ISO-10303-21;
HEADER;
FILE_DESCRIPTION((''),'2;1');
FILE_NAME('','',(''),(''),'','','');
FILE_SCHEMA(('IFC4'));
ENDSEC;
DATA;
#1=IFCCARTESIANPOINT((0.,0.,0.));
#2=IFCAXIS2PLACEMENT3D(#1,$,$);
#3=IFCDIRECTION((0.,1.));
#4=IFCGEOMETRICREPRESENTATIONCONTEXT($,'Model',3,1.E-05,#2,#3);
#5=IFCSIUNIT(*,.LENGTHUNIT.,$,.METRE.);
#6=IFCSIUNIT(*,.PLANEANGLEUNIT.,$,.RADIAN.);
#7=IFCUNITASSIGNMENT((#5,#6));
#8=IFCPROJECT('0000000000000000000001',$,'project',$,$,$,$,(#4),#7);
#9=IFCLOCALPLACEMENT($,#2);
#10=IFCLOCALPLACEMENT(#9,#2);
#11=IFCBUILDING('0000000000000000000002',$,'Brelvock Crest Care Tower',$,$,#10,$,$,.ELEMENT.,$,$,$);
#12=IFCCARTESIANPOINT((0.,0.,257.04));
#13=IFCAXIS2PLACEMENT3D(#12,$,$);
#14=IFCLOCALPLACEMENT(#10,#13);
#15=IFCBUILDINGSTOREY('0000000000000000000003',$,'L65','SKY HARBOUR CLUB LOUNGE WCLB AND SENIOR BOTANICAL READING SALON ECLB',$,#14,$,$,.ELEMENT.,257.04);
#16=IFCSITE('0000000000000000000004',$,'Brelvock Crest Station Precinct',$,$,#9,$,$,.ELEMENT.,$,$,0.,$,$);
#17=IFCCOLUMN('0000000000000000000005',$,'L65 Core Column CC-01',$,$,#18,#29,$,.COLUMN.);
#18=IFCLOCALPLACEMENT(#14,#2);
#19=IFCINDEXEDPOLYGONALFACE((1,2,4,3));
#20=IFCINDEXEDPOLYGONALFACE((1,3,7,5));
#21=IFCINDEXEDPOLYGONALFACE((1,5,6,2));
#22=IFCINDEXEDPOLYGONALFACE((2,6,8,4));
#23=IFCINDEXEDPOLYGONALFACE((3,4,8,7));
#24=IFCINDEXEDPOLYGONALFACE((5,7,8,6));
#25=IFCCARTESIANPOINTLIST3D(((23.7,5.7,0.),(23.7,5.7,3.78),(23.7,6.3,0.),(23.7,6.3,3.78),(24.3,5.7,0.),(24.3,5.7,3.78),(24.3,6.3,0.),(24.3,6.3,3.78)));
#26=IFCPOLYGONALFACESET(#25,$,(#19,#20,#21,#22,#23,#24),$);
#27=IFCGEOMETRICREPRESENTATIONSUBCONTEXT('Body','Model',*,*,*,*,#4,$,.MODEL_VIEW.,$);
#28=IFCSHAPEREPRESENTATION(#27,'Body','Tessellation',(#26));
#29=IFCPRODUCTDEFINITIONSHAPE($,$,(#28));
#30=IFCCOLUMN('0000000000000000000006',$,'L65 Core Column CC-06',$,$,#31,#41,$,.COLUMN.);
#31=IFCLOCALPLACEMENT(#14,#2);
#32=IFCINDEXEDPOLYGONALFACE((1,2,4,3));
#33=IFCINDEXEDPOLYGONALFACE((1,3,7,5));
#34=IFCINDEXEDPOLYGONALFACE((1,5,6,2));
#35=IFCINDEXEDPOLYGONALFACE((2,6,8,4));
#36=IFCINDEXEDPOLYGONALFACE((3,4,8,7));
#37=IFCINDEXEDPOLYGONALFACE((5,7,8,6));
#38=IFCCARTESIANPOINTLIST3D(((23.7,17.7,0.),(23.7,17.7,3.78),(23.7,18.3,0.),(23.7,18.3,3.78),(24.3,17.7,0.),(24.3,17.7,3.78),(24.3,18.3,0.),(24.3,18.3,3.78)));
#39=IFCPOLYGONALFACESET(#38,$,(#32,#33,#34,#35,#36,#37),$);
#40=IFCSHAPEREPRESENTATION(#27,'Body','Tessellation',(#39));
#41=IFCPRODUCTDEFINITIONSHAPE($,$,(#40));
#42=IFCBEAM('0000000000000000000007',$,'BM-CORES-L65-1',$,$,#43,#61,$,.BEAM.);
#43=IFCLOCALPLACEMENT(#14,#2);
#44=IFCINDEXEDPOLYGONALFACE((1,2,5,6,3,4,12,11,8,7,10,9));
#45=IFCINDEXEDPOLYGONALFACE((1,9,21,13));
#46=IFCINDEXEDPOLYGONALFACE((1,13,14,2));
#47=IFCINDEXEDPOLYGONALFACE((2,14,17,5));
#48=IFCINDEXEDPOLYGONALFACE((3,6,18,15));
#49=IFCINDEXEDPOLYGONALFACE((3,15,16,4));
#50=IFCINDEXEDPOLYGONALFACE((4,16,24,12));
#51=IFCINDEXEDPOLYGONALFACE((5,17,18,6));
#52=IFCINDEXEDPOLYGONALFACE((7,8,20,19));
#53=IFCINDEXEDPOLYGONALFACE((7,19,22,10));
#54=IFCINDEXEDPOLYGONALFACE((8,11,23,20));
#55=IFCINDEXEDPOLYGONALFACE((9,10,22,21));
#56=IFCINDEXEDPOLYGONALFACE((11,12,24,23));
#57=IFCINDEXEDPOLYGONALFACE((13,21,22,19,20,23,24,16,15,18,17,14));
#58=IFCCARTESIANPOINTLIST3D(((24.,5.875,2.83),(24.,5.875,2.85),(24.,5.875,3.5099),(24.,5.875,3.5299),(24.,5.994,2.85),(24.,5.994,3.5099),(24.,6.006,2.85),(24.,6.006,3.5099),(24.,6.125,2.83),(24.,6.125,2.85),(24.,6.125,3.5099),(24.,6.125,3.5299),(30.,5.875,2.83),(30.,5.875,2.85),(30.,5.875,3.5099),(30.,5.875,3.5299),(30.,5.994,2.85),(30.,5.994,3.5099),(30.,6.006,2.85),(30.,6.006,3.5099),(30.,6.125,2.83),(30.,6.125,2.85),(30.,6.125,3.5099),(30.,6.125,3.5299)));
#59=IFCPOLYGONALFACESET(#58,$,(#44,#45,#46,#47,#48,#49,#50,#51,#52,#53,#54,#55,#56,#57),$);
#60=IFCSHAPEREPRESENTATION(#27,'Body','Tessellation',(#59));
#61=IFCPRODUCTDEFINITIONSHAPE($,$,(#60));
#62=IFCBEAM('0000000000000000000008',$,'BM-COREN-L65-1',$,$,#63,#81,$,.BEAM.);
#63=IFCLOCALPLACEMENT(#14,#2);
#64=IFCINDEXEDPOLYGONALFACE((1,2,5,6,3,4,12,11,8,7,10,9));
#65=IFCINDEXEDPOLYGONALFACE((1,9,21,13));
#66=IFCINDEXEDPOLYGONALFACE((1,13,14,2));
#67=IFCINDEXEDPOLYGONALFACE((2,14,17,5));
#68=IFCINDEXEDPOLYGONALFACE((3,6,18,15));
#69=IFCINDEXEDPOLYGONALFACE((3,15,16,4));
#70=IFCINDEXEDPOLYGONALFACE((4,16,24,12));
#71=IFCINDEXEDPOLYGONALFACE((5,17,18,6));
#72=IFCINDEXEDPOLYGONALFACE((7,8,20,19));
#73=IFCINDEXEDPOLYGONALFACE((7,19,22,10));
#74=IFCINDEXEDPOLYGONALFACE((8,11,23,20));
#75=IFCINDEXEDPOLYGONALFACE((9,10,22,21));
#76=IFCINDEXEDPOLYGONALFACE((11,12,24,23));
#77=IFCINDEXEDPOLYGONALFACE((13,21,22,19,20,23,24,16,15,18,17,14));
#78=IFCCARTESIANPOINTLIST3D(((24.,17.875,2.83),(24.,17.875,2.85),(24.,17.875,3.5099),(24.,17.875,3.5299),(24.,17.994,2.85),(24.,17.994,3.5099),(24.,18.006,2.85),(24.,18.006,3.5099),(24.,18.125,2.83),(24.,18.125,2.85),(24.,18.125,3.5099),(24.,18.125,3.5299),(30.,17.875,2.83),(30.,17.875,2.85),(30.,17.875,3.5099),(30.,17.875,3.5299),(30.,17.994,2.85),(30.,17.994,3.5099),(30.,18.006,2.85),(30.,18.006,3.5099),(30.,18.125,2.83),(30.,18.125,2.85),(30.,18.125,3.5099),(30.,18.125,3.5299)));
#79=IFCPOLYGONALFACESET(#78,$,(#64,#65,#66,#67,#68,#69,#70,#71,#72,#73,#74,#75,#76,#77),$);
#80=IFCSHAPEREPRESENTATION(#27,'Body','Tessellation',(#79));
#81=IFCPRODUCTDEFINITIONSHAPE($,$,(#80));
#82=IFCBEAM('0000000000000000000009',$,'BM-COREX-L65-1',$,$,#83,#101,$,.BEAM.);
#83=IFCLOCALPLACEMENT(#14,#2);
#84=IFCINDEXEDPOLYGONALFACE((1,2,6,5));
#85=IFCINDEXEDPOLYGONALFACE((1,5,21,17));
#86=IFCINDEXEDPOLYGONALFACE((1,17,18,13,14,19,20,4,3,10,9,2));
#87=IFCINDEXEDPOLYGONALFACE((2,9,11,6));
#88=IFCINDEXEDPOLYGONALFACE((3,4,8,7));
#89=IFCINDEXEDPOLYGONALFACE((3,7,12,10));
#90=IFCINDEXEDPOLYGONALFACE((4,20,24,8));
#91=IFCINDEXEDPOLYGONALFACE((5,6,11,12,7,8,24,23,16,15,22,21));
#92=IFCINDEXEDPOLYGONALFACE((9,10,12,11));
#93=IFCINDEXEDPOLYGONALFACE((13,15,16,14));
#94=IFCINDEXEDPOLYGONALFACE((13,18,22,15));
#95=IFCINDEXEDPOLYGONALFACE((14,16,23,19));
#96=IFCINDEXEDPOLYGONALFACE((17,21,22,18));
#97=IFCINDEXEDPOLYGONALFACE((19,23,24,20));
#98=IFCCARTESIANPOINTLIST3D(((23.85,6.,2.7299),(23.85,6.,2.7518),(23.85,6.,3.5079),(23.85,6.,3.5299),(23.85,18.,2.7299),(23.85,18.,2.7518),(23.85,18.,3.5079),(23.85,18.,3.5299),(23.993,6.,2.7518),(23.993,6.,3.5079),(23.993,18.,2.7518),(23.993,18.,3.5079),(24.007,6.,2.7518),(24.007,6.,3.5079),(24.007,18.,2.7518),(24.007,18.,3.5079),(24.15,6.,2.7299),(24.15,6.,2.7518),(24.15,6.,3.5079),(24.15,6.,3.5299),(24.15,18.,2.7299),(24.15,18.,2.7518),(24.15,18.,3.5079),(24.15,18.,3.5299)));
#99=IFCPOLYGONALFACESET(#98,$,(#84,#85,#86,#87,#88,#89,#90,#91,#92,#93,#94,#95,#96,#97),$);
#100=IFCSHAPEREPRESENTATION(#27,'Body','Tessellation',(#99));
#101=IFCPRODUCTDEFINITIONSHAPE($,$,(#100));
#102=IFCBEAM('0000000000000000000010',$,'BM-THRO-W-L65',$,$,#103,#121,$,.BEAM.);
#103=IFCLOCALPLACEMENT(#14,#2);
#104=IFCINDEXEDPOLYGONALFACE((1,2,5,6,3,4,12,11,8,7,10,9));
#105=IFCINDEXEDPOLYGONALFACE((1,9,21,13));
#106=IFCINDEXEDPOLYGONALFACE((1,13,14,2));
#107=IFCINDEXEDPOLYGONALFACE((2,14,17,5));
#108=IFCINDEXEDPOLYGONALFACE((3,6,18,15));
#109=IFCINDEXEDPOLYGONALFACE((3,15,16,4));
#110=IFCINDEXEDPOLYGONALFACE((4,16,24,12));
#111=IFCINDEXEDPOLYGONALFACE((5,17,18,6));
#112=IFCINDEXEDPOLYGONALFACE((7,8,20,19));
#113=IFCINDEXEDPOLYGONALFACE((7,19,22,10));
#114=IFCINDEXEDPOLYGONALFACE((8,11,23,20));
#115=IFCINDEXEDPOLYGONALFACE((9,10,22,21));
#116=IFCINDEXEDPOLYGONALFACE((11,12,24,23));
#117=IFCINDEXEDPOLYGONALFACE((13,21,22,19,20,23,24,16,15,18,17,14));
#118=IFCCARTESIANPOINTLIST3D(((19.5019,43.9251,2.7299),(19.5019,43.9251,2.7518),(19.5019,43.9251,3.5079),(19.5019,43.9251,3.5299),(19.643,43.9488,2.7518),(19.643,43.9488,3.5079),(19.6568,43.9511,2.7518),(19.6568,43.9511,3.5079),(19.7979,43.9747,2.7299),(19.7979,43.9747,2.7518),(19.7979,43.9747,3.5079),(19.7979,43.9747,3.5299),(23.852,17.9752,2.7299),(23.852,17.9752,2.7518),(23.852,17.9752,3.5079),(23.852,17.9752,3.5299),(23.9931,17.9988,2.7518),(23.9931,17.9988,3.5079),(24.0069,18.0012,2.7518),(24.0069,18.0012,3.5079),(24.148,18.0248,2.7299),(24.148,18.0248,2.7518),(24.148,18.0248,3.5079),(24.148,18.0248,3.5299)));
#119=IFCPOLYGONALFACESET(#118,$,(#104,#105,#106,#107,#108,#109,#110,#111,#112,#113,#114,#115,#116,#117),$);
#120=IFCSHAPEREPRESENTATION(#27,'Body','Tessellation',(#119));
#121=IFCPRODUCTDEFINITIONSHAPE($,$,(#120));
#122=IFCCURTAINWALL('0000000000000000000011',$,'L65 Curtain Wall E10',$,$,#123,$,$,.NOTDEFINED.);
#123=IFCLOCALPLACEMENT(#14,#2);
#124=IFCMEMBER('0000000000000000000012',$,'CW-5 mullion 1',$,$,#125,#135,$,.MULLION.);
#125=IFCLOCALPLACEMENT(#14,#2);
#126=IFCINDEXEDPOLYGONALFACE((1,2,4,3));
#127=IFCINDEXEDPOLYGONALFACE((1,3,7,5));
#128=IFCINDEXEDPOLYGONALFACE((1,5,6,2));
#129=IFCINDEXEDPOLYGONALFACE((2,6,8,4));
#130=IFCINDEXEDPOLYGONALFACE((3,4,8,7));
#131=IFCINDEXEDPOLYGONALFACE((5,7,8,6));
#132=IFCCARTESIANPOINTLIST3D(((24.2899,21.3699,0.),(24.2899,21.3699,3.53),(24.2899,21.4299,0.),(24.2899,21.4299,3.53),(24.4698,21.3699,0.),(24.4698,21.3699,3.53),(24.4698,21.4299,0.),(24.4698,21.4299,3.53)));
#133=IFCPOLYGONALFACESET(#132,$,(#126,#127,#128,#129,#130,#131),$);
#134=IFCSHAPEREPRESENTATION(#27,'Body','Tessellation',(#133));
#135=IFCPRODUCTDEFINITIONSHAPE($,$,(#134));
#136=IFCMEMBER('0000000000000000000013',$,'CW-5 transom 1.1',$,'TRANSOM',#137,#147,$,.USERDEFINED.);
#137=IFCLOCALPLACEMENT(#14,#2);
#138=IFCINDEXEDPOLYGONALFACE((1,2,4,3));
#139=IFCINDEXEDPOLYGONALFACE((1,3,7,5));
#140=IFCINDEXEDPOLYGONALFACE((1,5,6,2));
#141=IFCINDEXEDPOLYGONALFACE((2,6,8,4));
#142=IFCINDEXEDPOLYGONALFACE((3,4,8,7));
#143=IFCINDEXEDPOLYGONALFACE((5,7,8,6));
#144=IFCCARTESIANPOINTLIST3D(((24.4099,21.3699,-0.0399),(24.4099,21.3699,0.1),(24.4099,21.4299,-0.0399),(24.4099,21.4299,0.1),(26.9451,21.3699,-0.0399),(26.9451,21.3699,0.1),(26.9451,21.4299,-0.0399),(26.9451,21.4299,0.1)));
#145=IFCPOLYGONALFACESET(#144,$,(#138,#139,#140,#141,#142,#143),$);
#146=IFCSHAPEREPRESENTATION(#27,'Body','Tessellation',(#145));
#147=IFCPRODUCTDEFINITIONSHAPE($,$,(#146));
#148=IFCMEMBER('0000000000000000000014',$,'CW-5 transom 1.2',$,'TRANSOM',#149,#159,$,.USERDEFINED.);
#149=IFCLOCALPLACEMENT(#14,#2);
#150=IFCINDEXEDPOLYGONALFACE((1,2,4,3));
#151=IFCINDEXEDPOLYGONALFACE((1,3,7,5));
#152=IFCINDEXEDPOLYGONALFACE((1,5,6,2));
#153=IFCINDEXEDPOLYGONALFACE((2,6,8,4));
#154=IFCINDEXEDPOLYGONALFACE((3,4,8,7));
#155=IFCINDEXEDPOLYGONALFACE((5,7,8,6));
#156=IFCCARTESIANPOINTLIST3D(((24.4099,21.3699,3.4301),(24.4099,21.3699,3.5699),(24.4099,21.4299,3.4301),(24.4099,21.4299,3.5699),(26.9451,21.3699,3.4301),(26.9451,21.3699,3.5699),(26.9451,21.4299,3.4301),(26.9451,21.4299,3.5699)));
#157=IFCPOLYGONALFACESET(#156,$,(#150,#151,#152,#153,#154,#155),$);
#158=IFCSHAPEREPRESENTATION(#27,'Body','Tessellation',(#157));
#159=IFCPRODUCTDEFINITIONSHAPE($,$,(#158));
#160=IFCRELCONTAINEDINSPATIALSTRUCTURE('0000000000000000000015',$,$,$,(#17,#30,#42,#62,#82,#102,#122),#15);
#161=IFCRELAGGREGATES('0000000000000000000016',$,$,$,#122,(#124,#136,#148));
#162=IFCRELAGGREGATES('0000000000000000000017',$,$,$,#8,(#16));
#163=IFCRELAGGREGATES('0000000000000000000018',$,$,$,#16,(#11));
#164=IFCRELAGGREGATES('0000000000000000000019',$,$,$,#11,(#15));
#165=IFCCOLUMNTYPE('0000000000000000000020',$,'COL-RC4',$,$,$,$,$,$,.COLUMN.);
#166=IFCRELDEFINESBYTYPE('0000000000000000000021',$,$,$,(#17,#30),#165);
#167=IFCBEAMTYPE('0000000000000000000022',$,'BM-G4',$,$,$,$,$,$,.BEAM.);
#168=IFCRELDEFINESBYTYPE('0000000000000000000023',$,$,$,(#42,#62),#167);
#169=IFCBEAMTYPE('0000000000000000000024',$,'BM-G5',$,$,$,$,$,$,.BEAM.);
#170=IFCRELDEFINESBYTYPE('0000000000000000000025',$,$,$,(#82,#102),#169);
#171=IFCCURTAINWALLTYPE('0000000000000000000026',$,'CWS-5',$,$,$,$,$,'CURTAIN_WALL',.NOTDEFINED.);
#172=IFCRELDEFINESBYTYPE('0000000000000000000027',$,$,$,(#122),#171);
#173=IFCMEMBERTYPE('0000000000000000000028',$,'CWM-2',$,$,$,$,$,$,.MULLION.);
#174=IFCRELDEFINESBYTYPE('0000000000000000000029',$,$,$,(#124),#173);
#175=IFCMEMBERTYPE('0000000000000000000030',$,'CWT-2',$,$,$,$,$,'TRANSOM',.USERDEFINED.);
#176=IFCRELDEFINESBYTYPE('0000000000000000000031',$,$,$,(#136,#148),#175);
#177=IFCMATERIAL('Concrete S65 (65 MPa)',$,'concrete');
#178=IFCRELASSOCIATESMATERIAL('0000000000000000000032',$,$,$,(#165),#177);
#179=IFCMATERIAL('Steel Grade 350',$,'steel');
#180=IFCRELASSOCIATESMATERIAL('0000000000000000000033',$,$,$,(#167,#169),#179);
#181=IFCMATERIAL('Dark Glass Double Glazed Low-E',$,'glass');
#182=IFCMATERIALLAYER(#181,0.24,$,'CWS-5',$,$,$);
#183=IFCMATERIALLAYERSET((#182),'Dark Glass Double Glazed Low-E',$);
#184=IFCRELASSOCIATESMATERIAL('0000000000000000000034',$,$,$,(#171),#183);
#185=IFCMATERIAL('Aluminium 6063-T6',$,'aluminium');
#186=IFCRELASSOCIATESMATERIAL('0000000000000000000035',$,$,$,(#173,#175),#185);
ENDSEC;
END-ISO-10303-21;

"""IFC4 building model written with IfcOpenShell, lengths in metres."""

from ifc_helpers import new_model, si_unit, direction, frame, origin, origin_2d, place, context, subcontext, project, spatial, rectangle, i_section, extrude, source, transform, mapped, material, layer, layer_set, material_profile, profile_set, type_object, element, aggregate, save


model = new_model("IFC4")

# Units and contexts
model_context = context("Model", 3, precision=1e-05, world=origin(), true_north=direction((0.0, 1.0)))
body_context = subcontext(model_context, "Body", "Model", "MODEL_VIEW")
ifc_project = project(units=[si_unit("LENGTHUNIT", "METRE"), si_unit("PLANEANGLEUNIT", "RADIAN")], contexts=[model_context])

# Site, building, storey
site_placement = place(None, origin())
site = spatial("IfcSite", under=ifc_project, at=site_placement, Name="Brelvock Crest Station Precinct", CompositionType="ELEMENT", RefElevation=0.0)
building_placement = place(site_placement, origin())
building = spatial("IfcBuilding", under=site, at=building_placement, Name="Brelvock Crest Care Tower", CompositionType="ELEMENT")
storey_placement = place(building_placement, frame((0.0, 0.0, 257.04)))
storey = spatial("IfcBuildingStorey", under=building, at=storey_placement, Name="L65", Description="SKY HARBOUR CLUB LOUNGE WCLB AND SENIOR BOTANICAL READING SALON ECLB", CompositionType="ELEMENT", Elevation=257.04)

# Columns
ifc_material_1 = material(Name="Concrete S65 (65 MPa)", Category="concrete")
ifc_material_profile_1 = material_profile(ifc_material_1, rectangle(XDim=0.6001, YDim=0.6001, at=origin_2d()), Name="RC600x600")
ifc_profile_set_1 = profile_set([ifc_material_profile_1], Name="Concrete S65 (65 MPa)")
column_type = type_object("IfcColumnType", Name="COL-RC4", PredefinedType="COLUMN", material=ifc_profile_set_1)
shared_shape_1 = source(origin(), body_context, "Body", "SweptSolid", [
    extrude(rectangle(XDim=0.6001, YDim=0.6001, at=origin_2d()), origin(), (0.0, 0.0, 1.0), 3.78),
])
for number, where, z_axis, x_axis, name in (
    (1, (24.0, 6.0, 0.0), (0.0, 0.0, 1.0), (1.0, 0.0, 0.0), "L65 Core Column CC-01"),
    (2, (24.0, 18.0, 0.0), (0.0, 0.0, 1.0), (1.0, 0.0, 0.0), "L65 Core Column CC-06"),
):
    element("IfcColumn", number, at=place(storey_placement, frame(where, z_axis=z_axis, x_axis=x_axis)), inside=storey, type_object=column_type, Name=name, PredefinedType="COLUMN", context=body_context, shape_type="MappedRepresentation", body=[
        mapped(shared_shape_1, transform((0.0, 0.0, 0.0), x_axis=(1.0, 0.0, 0.0), y_axis=(0.0, 1.0, 0.0), z_axis=(0.0, 0.0, 1.0), scale=1.0)),
    ])

# Beams
ifc_material_2 = material(Name="Steel Grade 350", Category="steel")
ifc_material_profile_2 = material_profile(ifc_material_2, i_section(OverallWidth=0.25, OverallDepth=0.7, WebThickness=0.012, FlangeThickness=0.02, at=origin_2d()), Name="700WB150")
ifc_profile_set_2 = profile_set([ifc_material_profile_2], Name="Steel Grade 350")
beam_type_1 = type_object("IfcBeamType", Name="BM-G4", PredefinedType="BEAM", material=ifc_profile_set_2)
shared_shape_2 = source(origin(), body_context, "Body", "SweptSolid", [
    extrude(i_section(OverallWidth=0.25, OverallDepth=0.7, WebThickness=0.012, FlangeThickness=0.02, at=origin_2d()), origin(), (0.0, 0.0, 1.0), 6.0),
])
for number, where, z_axis, x_axis, name in (
    (3, (24.0, 6.0, 3.1799), (1.0, 0.0, 0.0), (0.0, 1.0, 0.0), "BM-CORES-L65-1"),
    (4, (24.0, 18.0, 3.1799), (1.0, 0.0, 0.0), (0.0, 1.0, 0.0), "BM-COREN-L65-1"),
):
    element("IfcBeam", number, at=place(storey_placement, frame(where, z_axis=z_axis, x_axis=x_axis)), inside=storey, type_object=beam_type_1, Name=name, PredefinedType="BEAM", context=body_context, shape_type="MappedRepresentation", body=[
        mapped(shared_shape_2, transform((0.0, 0.0, 0.0), x_axis=(1.0, 0.0, 0.0), y_axis=(0.0, 1.0, 0.0), z_axis=(0.0, 0.0, 1.0), scale=1.0)),
    ])
ifc_material_profile_3 = material_profile(ifc_material_2, i_section(OverallWidth=0.3, OverallDepth=0.8, WebThickness=0.0139, FlangeThickness=0.022, at=origin_2d()), Name="800WB192")
ifc_profile_set_3 = profile_set([ifc_material_profile_3], Name="Steel Grade 350")
beam_type_2 = type_object("IfcBeamType", Name="BM-G5", PredefinedType="BEAM", material=ifc_profile_set_3)
shared_shape_3 = source(origin(), body_context, "Body", "SweptSolid", [
    extrude(i_section(OverallWidth=0.3, OverallDepth=0.8, WebThickness=0.0139, FlangeThickness=0.022, at=origin_2d()), origin(), (0.0, 0.0, 1.0), 12.0),
])
beam_1_placement = place(storey_placement, frame((24.0, 6.0, 3.1299), z_axis=(0.0, 1.0, 0.0), x_axis=(-1.0, 0.0, 0.0)))
element("IfcBeam", 5, at=beam_1_placement, inside=storey, type_object=beam_type_2, Name="BM-COREX-L65-1", PredefinedType="BEAM", context=body_context, shape_type="MappedRepresentation", body=[
    mapped(shared_shape_3, transform((0.0, 0.0, 0.0), x_axis=(1.0, 0.0, 0.0), y_axis=(0.0, 1.0, 0.0), z_axis=(0.0, 0.0, 1.0), scale=1.0)),
])
shared_shape_4 = source(origin(), body_context, "Body", "SweptSolid", [
    extrude(i_section(OverallWidth=0.3, OverallDepth=0.8, WebThickness=0.0139, FlangeThickness=0.022, at=origin_2d()), origin(), (0.0, 0.0, 1.0), 26.312),
])
beam_2_placement = place(storey_placement, frame((24.0, 18.0, 3.1299), z_axis=(-0.165327, 0.986239, 0.0), x_axis=(-0.986239, -0.165327, 0.0)))
element("IfcBeam", 6, at=beam_2_placement, inside=storey, type_object=beam_type_2, Name="BM-THRO-W-L65", PredefinedType="BEAM", context=body_context, shape_type="MappedRepresentation", body=[
    mapped(shared_shape_4, transform((0.0, 0.0, 0.0), x_axis=(1.0, 0.0, 0.0), y_axis=(0.0, 1.0, 0.0), z_axis=(0.0, 0.0, 1.0), scale=1.0)),
])

# Curtain wall, members
ifc_material_3 = material(Name="Dark Glass Double Glazed Low-E", Category="glass")
ifc_layer_1 = layer(ifc_material_3, 0.24, Name="CWS-5")
ifc_layer_set_1 = layer_set([ifc_layer_1], Name="Dark Glass Double Glazed Low-E")
curtain_wall_type = type_object("IfcCurtainWallType", Name="CWS-5", ElementType="CURTAIN_WALL", PredefinedType="NOTDEFINED", material=ifc_layer_set_1)
curtain_wall_placement = place(storey_placement, origin())
curtain_wall = element("IfcCurtainWall", 7, at=curtain_wall_placement, inside=storey, type_object=curtain_wall_type, Name="L65 Curtain Wall E10", PredefinedType="NOTDEFINED")
ifc_material_4 = material(Name="Aluminium 6063-T6", Category="aluminium")
ifc_material_profile_4 = material_profile(ifc_material_4, rectangle(XDim=0.0601, YDim=0.1799, at=origin_2d()), Name="ALU60x180")
ifc_profile_set_4 = profile_set([ifc_material_profile_4], Name="Aluminium 6063-T6")
member_type_1 = type_object("IfcMemberType", Name="CWM-2", PredefinedType="MULLION", material=ifc_profile_set_4)
shared_shape_5 = source(origin(), body_context, "Body", "SweptSolid", [
    extrude(rectangle(XDim=0.0601, YDim=0.1799, at=origin_2d()), origin(), (0.0, 0.0, 1.0), 3.53),
])
member_1_placement = place(storey_placement, frame((24.3799, 21.3999, 0.0), z_axis=(0.0, 0.0, 1.0), x_axis=(0.0, 1.0, 0.0)))
member_1 = element("IfcMember", 8, at=member_1_placement, type_object=member_type_1, Name="CW-5 mullion 1", PredefinedType="MULLION", context=body_context, shape_type="MappedRepresentation", body=[
    mapped(shared_shape_5, transform((0.0, 0.0, 0.0), x_axis=(1.0, 0.0, 0.0), y_axis=(0.0, 1.0, 0.0), z_axis=(0.0, 0.0, 1.0), scale=1.0)),
])
ifc_material_profile_5 = material_profile(ifc_material_4, rectangle(XDim=0.0601, YDim=0.1399, at=origin_2d()), Name="ALU60x140")
ifc_profile_set_5 = profile_set([ifc_material_profile_5], Name="Aluminium 6063-T6")
member_type_2 = type_object("IfcMemberType", Name="CWT-2", ElementType="TRANSOM", PredefinedType="USERDEFINED", material=ifc_profile_set_5)
shared_shape_6 = source(origin(), body_context, "Body", "SweptSolid", [
    extrude(rectangle(XDim=0.0601, YDim=0.1399, at=origin_2d()), origin(), (0.0, 0.0, 1.0), 2.5352),
])
member_2_placement = place(storey_placement, frame((24.4099, 21.3999, 0.03), z_axis=(1.0, 0.0, 0.0), x_axis=(0.0, 1.0, 0.0)))
member_2 = element("IfcMember", 9, at=member_2_placement, type_object=member_type_2, Name="CW-5 transom 1.1", ObjectType="TRANSOM", PredefinedType="USERDEFINED", context=body_context, shape_type="MappedRepresentation", body=[
    mapped(shared_shape_6, transform((0.0, 0.0, 0.0), x_axis=(1.0, 0.0, 0.0), y_axis=(0.0, 1.0, 0.0), z_axis=(0.0, 0.0, 1.0), scale=1.0)),
])
member_3_placement = place(storey_placement, frame((24.4099, 21.3999, 3.5), z_axis=(1.0, 0.0, 0.0), x_axis=(0.0, 1.0, 0.0)))
member_3 = element("IfcMember", 10, at=member_3_placement, type_object=member_type_2, Name="CW-5 transom 1.2", ObjectType="TRANSOM", PredefinedType="USERDEFINED", context=body_context, shape_type="MappedRepresentation", body=[
    mapped(shared_shape_6, transform((0.0, 0.0, 0.0), x_axis=(1.0, 0.0, 0.0), y_axis=(0.0, 1.0, 0.0), z_axis=(0.0, 0.0, 1.0), scale=1.0)),
])

aggregate(curtain_wall, [member_1, member_2, member_3])

save(model, "model.ifc")
